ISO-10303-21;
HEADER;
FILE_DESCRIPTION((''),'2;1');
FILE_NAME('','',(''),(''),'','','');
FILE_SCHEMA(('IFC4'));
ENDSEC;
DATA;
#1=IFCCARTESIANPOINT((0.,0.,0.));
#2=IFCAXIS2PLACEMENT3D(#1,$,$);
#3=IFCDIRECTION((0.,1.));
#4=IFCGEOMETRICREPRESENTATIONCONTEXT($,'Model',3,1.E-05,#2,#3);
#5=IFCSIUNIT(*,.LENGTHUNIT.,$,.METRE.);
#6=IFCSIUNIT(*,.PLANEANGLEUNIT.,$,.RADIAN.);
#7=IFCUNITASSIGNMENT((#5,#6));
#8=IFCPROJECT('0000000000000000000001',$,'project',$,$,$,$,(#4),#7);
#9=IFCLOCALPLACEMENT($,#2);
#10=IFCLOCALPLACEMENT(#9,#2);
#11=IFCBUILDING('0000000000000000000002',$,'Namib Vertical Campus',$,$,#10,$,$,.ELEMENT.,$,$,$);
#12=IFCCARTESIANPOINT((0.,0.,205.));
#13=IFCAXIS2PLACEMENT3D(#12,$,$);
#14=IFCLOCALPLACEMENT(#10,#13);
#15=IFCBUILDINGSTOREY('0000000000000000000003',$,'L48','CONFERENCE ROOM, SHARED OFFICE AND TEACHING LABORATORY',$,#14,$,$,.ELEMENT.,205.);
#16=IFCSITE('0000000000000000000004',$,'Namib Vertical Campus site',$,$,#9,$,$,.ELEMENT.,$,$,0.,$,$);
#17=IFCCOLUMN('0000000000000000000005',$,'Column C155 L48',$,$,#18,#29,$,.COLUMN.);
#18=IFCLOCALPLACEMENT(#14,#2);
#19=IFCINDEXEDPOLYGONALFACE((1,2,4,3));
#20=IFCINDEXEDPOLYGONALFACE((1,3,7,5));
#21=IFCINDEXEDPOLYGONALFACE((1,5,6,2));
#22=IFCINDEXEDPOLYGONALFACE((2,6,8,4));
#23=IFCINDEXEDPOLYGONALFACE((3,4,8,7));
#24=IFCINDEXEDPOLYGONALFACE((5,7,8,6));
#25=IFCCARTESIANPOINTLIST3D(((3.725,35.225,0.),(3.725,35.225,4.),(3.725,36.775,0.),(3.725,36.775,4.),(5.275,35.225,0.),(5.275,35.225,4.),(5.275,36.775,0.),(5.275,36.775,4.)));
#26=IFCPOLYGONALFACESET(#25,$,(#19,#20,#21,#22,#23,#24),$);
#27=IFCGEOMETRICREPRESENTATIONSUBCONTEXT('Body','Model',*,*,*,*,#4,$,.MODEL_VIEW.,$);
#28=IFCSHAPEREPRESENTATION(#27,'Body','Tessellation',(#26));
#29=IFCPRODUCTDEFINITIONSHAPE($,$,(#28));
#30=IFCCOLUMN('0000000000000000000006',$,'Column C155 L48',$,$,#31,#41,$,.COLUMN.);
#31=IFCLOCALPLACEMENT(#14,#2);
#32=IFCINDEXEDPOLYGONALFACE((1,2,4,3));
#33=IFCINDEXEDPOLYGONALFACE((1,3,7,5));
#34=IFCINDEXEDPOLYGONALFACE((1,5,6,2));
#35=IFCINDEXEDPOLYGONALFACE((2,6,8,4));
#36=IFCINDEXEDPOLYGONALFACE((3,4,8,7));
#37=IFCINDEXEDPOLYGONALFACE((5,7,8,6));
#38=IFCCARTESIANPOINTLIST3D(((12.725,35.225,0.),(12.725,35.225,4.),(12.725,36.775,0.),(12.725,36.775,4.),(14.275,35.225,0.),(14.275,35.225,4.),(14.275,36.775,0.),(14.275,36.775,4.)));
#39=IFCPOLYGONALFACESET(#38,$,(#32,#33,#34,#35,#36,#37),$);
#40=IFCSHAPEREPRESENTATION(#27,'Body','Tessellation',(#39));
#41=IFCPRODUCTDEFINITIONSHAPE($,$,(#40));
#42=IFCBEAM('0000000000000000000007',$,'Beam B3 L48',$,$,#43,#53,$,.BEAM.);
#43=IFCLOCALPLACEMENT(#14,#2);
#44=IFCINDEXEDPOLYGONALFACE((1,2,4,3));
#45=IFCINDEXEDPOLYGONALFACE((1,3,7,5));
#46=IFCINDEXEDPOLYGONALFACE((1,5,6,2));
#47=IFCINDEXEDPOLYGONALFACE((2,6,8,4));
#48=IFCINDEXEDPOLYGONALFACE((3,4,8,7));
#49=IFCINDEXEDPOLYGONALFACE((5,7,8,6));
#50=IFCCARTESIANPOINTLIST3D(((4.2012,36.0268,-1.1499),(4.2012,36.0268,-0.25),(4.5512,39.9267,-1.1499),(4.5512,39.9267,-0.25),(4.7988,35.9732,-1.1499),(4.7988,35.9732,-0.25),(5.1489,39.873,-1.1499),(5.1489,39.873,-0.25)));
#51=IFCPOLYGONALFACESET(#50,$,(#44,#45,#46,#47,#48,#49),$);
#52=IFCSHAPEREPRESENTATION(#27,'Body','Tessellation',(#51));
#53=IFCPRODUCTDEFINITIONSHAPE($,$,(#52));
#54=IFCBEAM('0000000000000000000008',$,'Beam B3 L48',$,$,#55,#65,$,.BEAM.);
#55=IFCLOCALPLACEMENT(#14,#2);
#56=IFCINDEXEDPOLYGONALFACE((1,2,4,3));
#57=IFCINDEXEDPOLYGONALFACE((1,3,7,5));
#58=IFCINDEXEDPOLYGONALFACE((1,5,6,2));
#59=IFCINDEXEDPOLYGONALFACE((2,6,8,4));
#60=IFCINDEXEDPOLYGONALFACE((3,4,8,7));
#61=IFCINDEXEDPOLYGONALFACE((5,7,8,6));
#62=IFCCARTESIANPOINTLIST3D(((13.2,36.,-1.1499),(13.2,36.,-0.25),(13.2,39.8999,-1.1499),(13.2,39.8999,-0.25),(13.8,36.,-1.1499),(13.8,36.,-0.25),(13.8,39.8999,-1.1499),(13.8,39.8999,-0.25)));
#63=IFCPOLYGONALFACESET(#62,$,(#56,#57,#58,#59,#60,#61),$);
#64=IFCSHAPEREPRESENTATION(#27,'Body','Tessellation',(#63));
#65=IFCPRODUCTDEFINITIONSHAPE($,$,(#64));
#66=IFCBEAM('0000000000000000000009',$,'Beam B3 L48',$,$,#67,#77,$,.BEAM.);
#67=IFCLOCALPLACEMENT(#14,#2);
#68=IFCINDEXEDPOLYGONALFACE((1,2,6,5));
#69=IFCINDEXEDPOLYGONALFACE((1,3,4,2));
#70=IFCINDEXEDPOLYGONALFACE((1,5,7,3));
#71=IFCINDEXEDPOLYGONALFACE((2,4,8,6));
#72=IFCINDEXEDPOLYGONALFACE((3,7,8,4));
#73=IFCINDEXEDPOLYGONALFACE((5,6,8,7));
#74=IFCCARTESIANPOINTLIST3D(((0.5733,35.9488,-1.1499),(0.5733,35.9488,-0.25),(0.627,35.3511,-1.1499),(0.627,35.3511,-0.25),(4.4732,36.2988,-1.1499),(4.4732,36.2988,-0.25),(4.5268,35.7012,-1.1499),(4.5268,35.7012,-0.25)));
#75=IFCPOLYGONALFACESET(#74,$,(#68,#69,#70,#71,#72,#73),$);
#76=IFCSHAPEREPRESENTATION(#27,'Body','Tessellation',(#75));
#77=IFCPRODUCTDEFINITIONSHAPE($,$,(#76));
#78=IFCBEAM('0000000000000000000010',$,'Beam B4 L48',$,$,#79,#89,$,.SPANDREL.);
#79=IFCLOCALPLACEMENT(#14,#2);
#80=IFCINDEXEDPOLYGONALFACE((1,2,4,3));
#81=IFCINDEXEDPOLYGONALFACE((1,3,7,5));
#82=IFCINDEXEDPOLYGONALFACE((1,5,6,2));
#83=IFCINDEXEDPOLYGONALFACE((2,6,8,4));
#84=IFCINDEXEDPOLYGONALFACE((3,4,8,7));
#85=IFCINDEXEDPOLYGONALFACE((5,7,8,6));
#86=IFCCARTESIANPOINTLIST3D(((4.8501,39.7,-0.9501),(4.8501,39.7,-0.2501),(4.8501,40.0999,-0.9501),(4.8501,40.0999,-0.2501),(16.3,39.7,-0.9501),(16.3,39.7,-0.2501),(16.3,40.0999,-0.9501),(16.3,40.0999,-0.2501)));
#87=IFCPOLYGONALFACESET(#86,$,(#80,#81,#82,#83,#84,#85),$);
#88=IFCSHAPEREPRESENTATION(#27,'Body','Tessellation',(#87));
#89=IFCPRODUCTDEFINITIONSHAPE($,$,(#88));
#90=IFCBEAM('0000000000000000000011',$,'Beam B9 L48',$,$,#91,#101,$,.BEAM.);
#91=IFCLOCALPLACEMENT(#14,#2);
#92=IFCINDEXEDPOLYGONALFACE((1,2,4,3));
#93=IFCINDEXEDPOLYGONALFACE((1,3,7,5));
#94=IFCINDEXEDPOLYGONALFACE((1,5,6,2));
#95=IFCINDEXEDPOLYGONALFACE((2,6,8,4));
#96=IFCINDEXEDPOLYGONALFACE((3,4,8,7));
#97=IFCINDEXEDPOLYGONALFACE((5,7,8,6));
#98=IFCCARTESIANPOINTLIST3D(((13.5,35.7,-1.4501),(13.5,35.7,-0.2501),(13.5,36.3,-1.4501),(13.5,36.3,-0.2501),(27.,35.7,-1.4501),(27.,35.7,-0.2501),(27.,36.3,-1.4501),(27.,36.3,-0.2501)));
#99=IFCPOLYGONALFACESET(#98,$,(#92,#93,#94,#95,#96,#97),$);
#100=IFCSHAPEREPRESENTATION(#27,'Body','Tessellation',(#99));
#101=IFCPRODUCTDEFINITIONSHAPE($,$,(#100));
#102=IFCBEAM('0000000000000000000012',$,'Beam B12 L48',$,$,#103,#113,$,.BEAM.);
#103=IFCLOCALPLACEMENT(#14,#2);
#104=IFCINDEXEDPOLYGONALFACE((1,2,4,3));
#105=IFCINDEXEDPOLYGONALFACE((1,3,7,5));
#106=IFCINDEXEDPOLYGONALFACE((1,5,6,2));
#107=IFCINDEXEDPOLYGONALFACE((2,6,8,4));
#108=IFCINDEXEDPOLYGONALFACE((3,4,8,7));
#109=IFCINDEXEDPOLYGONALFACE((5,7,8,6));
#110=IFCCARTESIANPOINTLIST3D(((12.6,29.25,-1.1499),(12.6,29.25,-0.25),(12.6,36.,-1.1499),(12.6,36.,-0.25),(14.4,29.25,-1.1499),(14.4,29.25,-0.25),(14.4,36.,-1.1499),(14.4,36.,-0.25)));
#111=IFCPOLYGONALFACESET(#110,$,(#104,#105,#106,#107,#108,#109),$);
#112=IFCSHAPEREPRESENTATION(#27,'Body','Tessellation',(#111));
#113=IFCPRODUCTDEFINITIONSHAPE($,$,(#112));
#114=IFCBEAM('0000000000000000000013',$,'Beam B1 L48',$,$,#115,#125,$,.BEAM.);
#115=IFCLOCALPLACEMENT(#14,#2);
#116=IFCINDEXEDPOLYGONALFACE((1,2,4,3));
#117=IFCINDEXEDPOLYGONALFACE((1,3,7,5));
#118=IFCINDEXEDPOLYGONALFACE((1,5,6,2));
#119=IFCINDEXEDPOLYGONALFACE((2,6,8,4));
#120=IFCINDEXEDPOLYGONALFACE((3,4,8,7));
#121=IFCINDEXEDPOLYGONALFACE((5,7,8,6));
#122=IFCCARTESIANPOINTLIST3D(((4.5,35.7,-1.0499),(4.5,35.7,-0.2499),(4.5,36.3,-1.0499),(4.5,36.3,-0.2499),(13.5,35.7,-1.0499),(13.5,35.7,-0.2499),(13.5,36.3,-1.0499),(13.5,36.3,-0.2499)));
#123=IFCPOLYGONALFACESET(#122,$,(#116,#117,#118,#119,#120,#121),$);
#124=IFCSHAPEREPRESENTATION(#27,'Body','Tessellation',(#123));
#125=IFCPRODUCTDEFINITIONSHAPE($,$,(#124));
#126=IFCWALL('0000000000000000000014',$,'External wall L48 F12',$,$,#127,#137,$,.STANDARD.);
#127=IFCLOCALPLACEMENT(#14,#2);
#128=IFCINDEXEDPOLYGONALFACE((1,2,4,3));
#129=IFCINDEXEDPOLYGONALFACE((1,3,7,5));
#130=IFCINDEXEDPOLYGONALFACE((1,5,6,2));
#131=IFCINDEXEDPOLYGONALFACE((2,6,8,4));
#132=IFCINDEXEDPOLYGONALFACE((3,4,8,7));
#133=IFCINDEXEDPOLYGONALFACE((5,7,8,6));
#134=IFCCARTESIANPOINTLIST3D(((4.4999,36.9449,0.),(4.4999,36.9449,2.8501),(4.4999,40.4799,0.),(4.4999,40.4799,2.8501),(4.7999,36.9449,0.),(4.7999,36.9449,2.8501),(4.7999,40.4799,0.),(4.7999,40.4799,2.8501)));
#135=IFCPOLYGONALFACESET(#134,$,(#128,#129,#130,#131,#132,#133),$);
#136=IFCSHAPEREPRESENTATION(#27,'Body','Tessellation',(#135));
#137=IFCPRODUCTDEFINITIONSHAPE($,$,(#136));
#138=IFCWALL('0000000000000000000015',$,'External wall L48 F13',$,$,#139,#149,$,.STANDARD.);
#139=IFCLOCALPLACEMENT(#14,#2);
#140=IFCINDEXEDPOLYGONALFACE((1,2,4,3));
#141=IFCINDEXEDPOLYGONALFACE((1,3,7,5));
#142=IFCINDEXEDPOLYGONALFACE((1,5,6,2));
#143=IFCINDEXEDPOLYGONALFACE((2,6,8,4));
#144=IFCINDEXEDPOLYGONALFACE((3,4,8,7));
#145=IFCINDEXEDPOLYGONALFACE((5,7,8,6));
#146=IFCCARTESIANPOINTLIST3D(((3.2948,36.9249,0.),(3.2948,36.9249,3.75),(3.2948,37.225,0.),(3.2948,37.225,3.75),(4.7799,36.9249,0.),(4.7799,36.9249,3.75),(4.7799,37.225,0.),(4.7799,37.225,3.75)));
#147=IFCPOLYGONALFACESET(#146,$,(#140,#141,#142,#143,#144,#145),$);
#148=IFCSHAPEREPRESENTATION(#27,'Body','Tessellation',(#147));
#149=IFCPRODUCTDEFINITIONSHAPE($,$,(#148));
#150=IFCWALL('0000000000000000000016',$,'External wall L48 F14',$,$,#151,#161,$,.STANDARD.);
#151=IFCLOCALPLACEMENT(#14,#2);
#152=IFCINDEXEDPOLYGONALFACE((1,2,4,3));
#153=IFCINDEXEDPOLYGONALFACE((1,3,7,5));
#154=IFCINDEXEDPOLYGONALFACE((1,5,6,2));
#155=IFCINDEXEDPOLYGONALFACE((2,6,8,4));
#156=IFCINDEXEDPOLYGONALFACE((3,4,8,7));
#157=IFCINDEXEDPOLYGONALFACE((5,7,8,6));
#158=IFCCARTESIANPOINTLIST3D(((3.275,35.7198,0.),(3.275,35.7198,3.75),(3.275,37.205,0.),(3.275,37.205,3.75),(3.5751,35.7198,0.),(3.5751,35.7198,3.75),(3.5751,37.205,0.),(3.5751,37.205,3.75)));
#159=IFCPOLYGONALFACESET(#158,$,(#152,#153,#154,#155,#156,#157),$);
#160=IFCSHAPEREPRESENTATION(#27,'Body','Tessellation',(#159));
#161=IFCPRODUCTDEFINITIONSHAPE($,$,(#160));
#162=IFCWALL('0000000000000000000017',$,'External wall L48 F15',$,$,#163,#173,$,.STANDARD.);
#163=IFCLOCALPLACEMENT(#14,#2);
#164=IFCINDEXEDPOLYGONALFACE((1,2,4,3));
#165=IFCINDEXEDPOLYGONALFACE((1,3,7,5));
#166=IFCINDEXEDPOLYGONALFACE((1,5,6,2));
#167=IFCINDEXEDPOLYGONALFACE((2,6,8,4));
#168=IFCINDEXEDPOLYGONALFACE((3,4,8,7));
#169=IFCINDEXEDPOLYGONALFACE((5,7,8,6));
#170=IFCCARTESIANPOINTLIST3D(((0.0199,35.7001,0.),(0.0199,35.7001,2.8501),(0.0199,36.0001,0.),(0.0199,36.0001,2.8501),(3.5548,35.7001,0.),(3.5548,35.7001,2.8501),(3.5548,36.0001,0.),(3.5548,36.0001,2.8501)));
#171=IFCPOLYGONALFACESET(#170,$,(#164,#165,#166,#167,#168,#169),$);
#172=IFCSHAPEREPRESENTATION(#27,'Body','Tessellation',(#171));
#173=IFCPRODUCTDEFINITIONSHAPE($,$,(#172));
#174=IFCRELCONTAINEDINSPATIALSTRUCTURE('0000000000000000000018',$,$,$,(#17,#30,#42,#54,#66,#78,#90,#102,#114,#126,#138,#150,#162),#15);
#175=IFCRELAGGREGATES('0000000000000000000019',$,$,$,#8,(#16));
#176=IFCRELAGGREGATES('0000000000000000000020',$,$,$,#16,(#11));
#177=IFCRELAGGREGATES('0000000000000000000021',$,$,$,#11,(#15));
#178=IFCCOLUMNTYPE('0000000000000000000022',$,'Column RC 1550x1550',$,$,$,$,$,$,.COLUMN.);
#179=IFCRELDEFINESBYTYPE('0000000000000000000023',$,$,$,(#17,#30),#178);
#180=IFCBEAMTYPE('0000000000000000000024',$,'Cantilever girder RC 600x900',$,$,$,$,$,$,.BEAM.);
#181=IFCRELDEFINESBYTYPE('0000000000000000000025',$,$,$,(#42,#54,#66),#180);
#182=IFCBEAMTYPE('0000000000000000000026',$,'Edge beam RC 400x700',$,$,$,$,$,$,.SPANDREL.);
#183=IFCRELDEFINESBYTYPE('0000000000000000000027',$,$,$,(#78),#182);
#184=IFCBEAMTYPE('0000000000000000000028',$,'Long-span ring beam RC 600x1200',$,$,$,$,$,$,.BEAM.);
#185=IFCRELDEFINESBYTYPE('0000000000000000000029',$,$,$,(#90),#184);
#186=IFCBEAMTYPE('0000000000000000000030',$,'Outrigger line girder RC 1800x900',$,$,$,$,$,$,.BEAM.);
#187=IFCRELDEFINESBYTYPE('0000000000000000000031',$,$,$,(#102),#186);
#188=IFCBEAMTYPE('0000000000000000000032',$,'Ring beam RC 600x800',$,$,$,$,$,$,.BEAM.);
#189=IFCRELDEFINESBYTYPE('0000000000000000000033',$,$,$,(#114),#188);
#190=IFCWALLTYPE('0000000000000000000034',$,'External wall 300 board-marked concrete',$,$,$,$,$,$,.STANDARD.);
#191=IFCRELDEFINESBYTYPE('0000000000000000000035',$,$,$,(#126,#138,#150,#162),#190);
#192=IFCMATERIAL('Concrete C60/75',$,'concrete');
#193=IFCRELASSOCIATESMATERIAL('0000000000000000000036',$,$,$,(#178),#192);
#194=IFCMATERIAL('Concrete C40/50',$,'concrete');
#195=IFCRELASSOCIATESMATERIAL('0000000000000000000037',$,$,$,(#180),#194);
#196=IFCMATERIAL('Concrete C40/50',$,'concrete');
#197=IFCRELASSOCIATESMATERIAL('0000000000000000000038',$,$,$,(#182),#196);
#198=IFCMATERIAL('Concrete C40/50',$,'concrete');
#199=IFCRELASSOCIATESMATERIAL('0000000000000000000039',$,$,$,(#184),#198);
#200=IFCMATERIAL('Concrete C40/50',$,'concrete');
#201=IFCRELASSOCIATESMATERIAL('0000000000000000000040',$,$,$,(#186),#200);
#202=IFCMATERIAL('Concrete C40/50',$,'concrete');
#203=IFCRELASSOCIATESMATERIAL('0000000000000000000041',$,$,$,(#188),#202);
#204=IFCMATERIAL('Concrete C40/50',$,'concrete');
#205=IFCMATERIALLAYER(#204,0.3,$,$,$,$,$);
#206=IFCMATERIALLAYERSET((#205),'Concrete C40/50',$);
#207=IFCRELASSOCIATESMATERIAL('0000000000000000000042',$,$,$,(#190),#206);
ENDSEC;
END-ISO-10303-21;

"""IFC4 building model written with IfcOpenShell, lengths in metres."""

from ifc_helpers import new_model, si_unit, direction, frame, frame_2d, origin, origin_2d, place, context, subcontext, project, spatial, rectangle, extrude, material, layer, layer_set, material_profile, profile_set, type_object, element, save


model = new_model("IFC4")

# Units and contexts
model_context = context("Model", 3, precision=1e-05, world=origin(), true_north=direction((0.0, 1.0)))
body_context = subcontext(model_context, "Body", "Model", "MODEL_VIEW")
ifc_project = project(units=[si_unit("LENGTHUNIT", "METRE"), si_unit("PLANEANGLEUNIT", "RADIAN")], contexts=[model_context])

# Site, building, storey
site_placement = place(None, origin())
site = spatial("IfcSite", under=ifc_project, at=site_placement, Name="Namib Vertical Campus site", CompositionType="ELEMENT", RefElevation=0.0)
building_placement = place(site_placement, origin())
building = spatial("IfcBuilding", under=site, at=building_placement, Name="Namib Vertical Campus", CompositionType="ELEMENT")
storey_placement = place(building_placement, frame((0.0, 0.0, 205.0)))
storey = spatial("IfcBuildingStorey", under=building, at=storey_placement, Name="L48", Description="CONFERENCE ROOM, SHARED OFFICE AND TEACHING LABORATORY", CompositionType="ELEMENT", Elevation=205.0)

# Columns
ifc_material_1 = material(Name="Concrete C60/75", Category="concrete")
ifc_material_profile_1 = material_profile(ifc_material_1, rectangle(XDim=1.55, YDim=1.55, at=origin_2d()))
ifc_profile_set_1 = profile_set([ifc_material_profile_1], Name="Concrete C60/75")
column_type = type_object("IfcColumnType", Name="Column RC 1550x1550", PredefinedType="COLUMN", material=ifc_profile_set_1)
for number, where, z_axis, x_axis, name in (
    (1, (4.5, 36.0, 0.0), (0.0, 0.0, 1.0), (1.0, 0.0, 0.0), "Column C155 L48"),
    (2, (13.5, 36.0, 0.0), (0.0, 0.0, 1.0), (1.0, 0.0, 0.0), "Column C155 L48"),
):
    element("IfcColumn", number, at=place(storey_placement, frame(where, z_axis=z_axis, x_axis=x_axis)), inside=storey, type_object=column_type, Name=name, PredefinedType="COLUMN", context=body_context, shape_type="SweptSolid", body=[
        extrude(rectangle(XDim=1.55, YDim=1.55, at=origin_2d()), origin(), (0.0, 0.0, 1.0), 4.0),
    ])

# Beams
ifc_material_2 = material(Name="Concrete C40/50", Category="concrete")
ifc_material_profile_2 = material_profile(ifc_material_2, rectangle(XDim=0.6001, YDim=0.8999, at=origin_2d()))
ifc_profile_set_2 = profile_set([ifc_material_profile_2], Name="Concrete C40/50")
beam_type_1 = type_object("IfcBeamType", Name="Cantilever girder RC 600x900", PredefinedType="BEAM", material=ifc_profile_set_2)
beam_1_placement = place(storey_placement, frame((4.5, 36.0, -0.7), z_axis=(0.089411, 0.995995, 0.0), x_axis=(-0.995995, 0.089411, 0.0)))
element("IfcBeam", 3, at=beam_1_placement, inside=storey, type_object=beam_type_1, Name="Beam B3 L48", PredefinedType="BEAM", context=body_context, shape_type="SweptSolid", body=[
    extrude(rectangle(XDim=0.6001, YDim=0.8999, at=origin_2d()), origin(), (0.0, 0.0, 1.0), 3.9155),
])
beam_2_placement = place(storey_placement, frame((13.5, 36.0, -0.7), z_axis=(0.0, 1.0, 0.0), x_axis=(-1.0, 0.0, 0.0)))
element("IfcBeam", 4, at=beam_2_placement, inside=storey, type_object=beam_type_1, Name="Beam B3 L48", PredefinedType="BEAM", context=body_context, shape_type="SweptSolid", body=[
    extrude(rectangle(XDim=0.6001, YDim=0.8999, at=origin_2d()), origin(), (0.0, 0.0, 1.0), 3.8999),
])
beam_3_placement = place(storey_placement, frame((4.5, 36.0, -0.7), z_axis=(-0.995995, -0.089411, 0.0), x_axis=(0.089411, -0.995995, 0.0)))
element("IfcBeam", 5, at=beam_3_placement, inside=storey, type_object=beam_type_1, Name="Beam B3 L48", PredefinedType="BEAM", context=body_context, shape_type="SweptSolid", body=[
    extrude(rectangle(XDim=0.6001, YDim=0.8999, at=origin_2d()), origin(), (0.0, 0.0, 1.0), 3.9155),
])
ifc_material_3 = material(Name="Concrete C40/50", Category="concrete")
ifc_material_profile_3 = material_profile(ifc_material_3, rectangle(XDim=0.3999, YDim=0.7, at=origin_2d()))
ifc_profile_set_3 = profile_set([ifc_material_profile_3], Name="Concrete C40/50")
beam_type_2 = type_object("IfcBeamType", Name="Edge beam RC 400x700", PredefinedType="SPANDREL", material=ifc_profile_set_3)
beam_4_placement = place(storey_placement, frame((4.8501, 39.8999, -0.6001), z_axis=(1.0, 0.0, 0.0), x_axis=(0.0, 1.0, 0.0)))
element("IfcBeam", 6, at=beam_4_placement, inside=storey, type_object=beam_type_2, Name="Beam B4 L48", PredefinedType="SPANDREL", context=body_context, shape_type="SweptSolid", body=[
    extrude(rectangle(XDim=0.3999, YDim=0.7, at=origin_2d()), origin(), (0.0, 0.0, 1.0), 11.45),
])
ifc_material_4 = material(Name="Concrete C40/50", Category="concrete")
ifc_material_profile_4 = material_profile(ifc_material_4, rectangle(XDim=0.6001, YDim=1.2, at=origin_2d()))
ifc_profile_set_4 = profile_set([ifc_material_profile_4], Name="Concrete C40/50")
beam_type_3 = type_object("IfcBeamType", Name="Long-span ring beam RC 600x1200", PredefinedType="BEAM", material=ifc_profile_set_4)
beam_5_placement = place(storey_placement, frame((13.5, 36.0, -0.8501), z_axis=(1.0, 0.0, 0.0), x_axis=(0.0, 1.0, 0.0)))
element("IfcBeam", 7, at=beam_5_placement, inside=storey, type_object=beam_type_3, Name="Beam B9 L48", PredefinedType="BEAM", context=body_context, shape_type="SweptSolid", body=[
    extrude(rectangle(XDim=0.6001, YDim=1.2, at=origin_2d()), origin(), (0.0, 0.0, 1.0), 13.5),
])
ifc_material_5 = material(Name="Concrete C40/50", Category="concrete")
ifc_material_profile_5 = material_profile(ifc_material_5, rectangle(XDim=1.8, YDim=0.8999, at=origin_2d()))
ifc_profile_set_5 = profile_set([ifc_material_profile_5], Name="Concrete C40/50")
beam_type_4 = type_object("IfcBeamType", Name="Outrigger line girder RC 1800x900", PredefinedType="BEAM", material=ifc_profile_set_5)
beam_6_placement = place(storey_placement, frame((13.5, 36.0, -0.7), z_axis=(0.0, -1.0, 0.0), x_axis=(1.0, 0.0, 0.0)))
element("IfcBeam", 8, at=beam_6_placement, inside=storey, type_object=beam_type_4, Name="Beam B12 L48", PredefinedType="BEAM", context=body_context, shape_type="SweptSolid", body=[
    extrude(rectangle(XDim=1.8, YDim=0.8999, at=origin_2d()), origin(), (0.0, 0.0, 1.0), 6.75),
])
ifc_material_6 = material(Name="Concrete C40/50", Category="concrete")
ifc_material_profile_6 = material_profile(ifc_material_6, rectangle(XDim=0.6001, YDim=0.8, at=origin_2d()))
ifc_profile_set_6 = profile_set([ifc_material_profile_6], Name="Concrete C40/50")
beam_type_5 = type_object("IfcBeamType", Name="Ring beam RC 600x800", PredefinedType="BEAM", material=ifc_profile_set_6)
beam_7_placement = place(storey_placement, frame((4.5, 36.0, -0.6499), z_axis=(1.0, 0.0, 0.0), x_axis=(0.0, 1.0, 0.0)))
element("IfcBeam", 9, at=beam_7_placement, inside=storey, type_object=beam_type_5, Name="Beam B1 L48", PredefinedType="BEAM", context=body_context, shape_type="SweptSolid", body=[
    extrude(rectangle(XDim=0.6001, YDim=0.8, at=origin_2d()), origin(), (0.0, 0.0, 1.0), 9.0),
])

# Walls
ifc_material_7 = material(Name="Concrete C40/50", Category="concrete")
ifc_layer_1 = layer(ifc_material_7, 0.3)
ifc_layer_set_1 = layer_set([ifc_layer_1], Name="Concrete C40/50")
wall_type_1 = type_object("IfcWallType", Name="External wall 300 board-marked concrete", PredefinedType="STANDARD", material=ifc_layer_set_1)
wall_1_placement = place(storey_placement, frame((4.6499, 40.48, 0.0), z_axis=(0.0, 0.0, 1.0), x_axis=(0.0, -1.0, 0.0)))
element("IfcWall", 10, at=wall_1_placement, inside=storey, type_object=wall_type_1, Name="External wall L48 F12", PredefinedType="STANDARD", context=body_context, shape_type="SweptSolid", body=[
    extrude(rectangle(XDim=3.5349, YDim=0.3, at=frame_2d((1.7676, 0.0))), origin(), (0.0, 0.0, 1.0), 2.8501),
])
for number, where, z_axis, x_axis, name in (
    (11, (4.78, 37.075, 0.0), (0.0, 0.0, 1.0), (-1.0, 0.0, 0.0), "External wall L48 F13"),
    (12, (3.425, 37.2051, 0.0), (0.0, 0.0, 1.0), (0.0, -1.0, 0.0), "External wall L48 F14"),
):
    element("IfcWall", number, at=place(storey_placement, frame(where, z_axis=z_axis, x_axis=x_axis)), inside=storey, type_object=wall_type_1, Name=name, PredefinedType="STANDARD", context=body_context, shape_type="SweptSolid", body=[
        extrude(rectangle(XDim=1.4851, YDim=0.3, at=frame_2d((0.7427, 0.0))), origin(), (0.0, 0.0, 1.0), 3.75),
    ])
wall_2_placement = place(storey_placement, frame((3.5549, 35.8501, 0.0), z_axis=(0.0, 0.0, 1.0), x_axis=(-1.0, 0.0, 0.0)))
element("IfcWall", 13, at=wall_2_placement, inside=storey, type_object=wall_type_1, Name="External wall L48 F15", PredefinedType="STANDARD", context=body_context, shape_type="SweptSolid", body=[
    extrude(rectangle(XDim=3.5349, YDim=0.3, at=frame_2d((1.7676, 0.0))), origin(), (0.0, 0.0, 1.0), 2.8501),
])

save(model, "model.ifc")
